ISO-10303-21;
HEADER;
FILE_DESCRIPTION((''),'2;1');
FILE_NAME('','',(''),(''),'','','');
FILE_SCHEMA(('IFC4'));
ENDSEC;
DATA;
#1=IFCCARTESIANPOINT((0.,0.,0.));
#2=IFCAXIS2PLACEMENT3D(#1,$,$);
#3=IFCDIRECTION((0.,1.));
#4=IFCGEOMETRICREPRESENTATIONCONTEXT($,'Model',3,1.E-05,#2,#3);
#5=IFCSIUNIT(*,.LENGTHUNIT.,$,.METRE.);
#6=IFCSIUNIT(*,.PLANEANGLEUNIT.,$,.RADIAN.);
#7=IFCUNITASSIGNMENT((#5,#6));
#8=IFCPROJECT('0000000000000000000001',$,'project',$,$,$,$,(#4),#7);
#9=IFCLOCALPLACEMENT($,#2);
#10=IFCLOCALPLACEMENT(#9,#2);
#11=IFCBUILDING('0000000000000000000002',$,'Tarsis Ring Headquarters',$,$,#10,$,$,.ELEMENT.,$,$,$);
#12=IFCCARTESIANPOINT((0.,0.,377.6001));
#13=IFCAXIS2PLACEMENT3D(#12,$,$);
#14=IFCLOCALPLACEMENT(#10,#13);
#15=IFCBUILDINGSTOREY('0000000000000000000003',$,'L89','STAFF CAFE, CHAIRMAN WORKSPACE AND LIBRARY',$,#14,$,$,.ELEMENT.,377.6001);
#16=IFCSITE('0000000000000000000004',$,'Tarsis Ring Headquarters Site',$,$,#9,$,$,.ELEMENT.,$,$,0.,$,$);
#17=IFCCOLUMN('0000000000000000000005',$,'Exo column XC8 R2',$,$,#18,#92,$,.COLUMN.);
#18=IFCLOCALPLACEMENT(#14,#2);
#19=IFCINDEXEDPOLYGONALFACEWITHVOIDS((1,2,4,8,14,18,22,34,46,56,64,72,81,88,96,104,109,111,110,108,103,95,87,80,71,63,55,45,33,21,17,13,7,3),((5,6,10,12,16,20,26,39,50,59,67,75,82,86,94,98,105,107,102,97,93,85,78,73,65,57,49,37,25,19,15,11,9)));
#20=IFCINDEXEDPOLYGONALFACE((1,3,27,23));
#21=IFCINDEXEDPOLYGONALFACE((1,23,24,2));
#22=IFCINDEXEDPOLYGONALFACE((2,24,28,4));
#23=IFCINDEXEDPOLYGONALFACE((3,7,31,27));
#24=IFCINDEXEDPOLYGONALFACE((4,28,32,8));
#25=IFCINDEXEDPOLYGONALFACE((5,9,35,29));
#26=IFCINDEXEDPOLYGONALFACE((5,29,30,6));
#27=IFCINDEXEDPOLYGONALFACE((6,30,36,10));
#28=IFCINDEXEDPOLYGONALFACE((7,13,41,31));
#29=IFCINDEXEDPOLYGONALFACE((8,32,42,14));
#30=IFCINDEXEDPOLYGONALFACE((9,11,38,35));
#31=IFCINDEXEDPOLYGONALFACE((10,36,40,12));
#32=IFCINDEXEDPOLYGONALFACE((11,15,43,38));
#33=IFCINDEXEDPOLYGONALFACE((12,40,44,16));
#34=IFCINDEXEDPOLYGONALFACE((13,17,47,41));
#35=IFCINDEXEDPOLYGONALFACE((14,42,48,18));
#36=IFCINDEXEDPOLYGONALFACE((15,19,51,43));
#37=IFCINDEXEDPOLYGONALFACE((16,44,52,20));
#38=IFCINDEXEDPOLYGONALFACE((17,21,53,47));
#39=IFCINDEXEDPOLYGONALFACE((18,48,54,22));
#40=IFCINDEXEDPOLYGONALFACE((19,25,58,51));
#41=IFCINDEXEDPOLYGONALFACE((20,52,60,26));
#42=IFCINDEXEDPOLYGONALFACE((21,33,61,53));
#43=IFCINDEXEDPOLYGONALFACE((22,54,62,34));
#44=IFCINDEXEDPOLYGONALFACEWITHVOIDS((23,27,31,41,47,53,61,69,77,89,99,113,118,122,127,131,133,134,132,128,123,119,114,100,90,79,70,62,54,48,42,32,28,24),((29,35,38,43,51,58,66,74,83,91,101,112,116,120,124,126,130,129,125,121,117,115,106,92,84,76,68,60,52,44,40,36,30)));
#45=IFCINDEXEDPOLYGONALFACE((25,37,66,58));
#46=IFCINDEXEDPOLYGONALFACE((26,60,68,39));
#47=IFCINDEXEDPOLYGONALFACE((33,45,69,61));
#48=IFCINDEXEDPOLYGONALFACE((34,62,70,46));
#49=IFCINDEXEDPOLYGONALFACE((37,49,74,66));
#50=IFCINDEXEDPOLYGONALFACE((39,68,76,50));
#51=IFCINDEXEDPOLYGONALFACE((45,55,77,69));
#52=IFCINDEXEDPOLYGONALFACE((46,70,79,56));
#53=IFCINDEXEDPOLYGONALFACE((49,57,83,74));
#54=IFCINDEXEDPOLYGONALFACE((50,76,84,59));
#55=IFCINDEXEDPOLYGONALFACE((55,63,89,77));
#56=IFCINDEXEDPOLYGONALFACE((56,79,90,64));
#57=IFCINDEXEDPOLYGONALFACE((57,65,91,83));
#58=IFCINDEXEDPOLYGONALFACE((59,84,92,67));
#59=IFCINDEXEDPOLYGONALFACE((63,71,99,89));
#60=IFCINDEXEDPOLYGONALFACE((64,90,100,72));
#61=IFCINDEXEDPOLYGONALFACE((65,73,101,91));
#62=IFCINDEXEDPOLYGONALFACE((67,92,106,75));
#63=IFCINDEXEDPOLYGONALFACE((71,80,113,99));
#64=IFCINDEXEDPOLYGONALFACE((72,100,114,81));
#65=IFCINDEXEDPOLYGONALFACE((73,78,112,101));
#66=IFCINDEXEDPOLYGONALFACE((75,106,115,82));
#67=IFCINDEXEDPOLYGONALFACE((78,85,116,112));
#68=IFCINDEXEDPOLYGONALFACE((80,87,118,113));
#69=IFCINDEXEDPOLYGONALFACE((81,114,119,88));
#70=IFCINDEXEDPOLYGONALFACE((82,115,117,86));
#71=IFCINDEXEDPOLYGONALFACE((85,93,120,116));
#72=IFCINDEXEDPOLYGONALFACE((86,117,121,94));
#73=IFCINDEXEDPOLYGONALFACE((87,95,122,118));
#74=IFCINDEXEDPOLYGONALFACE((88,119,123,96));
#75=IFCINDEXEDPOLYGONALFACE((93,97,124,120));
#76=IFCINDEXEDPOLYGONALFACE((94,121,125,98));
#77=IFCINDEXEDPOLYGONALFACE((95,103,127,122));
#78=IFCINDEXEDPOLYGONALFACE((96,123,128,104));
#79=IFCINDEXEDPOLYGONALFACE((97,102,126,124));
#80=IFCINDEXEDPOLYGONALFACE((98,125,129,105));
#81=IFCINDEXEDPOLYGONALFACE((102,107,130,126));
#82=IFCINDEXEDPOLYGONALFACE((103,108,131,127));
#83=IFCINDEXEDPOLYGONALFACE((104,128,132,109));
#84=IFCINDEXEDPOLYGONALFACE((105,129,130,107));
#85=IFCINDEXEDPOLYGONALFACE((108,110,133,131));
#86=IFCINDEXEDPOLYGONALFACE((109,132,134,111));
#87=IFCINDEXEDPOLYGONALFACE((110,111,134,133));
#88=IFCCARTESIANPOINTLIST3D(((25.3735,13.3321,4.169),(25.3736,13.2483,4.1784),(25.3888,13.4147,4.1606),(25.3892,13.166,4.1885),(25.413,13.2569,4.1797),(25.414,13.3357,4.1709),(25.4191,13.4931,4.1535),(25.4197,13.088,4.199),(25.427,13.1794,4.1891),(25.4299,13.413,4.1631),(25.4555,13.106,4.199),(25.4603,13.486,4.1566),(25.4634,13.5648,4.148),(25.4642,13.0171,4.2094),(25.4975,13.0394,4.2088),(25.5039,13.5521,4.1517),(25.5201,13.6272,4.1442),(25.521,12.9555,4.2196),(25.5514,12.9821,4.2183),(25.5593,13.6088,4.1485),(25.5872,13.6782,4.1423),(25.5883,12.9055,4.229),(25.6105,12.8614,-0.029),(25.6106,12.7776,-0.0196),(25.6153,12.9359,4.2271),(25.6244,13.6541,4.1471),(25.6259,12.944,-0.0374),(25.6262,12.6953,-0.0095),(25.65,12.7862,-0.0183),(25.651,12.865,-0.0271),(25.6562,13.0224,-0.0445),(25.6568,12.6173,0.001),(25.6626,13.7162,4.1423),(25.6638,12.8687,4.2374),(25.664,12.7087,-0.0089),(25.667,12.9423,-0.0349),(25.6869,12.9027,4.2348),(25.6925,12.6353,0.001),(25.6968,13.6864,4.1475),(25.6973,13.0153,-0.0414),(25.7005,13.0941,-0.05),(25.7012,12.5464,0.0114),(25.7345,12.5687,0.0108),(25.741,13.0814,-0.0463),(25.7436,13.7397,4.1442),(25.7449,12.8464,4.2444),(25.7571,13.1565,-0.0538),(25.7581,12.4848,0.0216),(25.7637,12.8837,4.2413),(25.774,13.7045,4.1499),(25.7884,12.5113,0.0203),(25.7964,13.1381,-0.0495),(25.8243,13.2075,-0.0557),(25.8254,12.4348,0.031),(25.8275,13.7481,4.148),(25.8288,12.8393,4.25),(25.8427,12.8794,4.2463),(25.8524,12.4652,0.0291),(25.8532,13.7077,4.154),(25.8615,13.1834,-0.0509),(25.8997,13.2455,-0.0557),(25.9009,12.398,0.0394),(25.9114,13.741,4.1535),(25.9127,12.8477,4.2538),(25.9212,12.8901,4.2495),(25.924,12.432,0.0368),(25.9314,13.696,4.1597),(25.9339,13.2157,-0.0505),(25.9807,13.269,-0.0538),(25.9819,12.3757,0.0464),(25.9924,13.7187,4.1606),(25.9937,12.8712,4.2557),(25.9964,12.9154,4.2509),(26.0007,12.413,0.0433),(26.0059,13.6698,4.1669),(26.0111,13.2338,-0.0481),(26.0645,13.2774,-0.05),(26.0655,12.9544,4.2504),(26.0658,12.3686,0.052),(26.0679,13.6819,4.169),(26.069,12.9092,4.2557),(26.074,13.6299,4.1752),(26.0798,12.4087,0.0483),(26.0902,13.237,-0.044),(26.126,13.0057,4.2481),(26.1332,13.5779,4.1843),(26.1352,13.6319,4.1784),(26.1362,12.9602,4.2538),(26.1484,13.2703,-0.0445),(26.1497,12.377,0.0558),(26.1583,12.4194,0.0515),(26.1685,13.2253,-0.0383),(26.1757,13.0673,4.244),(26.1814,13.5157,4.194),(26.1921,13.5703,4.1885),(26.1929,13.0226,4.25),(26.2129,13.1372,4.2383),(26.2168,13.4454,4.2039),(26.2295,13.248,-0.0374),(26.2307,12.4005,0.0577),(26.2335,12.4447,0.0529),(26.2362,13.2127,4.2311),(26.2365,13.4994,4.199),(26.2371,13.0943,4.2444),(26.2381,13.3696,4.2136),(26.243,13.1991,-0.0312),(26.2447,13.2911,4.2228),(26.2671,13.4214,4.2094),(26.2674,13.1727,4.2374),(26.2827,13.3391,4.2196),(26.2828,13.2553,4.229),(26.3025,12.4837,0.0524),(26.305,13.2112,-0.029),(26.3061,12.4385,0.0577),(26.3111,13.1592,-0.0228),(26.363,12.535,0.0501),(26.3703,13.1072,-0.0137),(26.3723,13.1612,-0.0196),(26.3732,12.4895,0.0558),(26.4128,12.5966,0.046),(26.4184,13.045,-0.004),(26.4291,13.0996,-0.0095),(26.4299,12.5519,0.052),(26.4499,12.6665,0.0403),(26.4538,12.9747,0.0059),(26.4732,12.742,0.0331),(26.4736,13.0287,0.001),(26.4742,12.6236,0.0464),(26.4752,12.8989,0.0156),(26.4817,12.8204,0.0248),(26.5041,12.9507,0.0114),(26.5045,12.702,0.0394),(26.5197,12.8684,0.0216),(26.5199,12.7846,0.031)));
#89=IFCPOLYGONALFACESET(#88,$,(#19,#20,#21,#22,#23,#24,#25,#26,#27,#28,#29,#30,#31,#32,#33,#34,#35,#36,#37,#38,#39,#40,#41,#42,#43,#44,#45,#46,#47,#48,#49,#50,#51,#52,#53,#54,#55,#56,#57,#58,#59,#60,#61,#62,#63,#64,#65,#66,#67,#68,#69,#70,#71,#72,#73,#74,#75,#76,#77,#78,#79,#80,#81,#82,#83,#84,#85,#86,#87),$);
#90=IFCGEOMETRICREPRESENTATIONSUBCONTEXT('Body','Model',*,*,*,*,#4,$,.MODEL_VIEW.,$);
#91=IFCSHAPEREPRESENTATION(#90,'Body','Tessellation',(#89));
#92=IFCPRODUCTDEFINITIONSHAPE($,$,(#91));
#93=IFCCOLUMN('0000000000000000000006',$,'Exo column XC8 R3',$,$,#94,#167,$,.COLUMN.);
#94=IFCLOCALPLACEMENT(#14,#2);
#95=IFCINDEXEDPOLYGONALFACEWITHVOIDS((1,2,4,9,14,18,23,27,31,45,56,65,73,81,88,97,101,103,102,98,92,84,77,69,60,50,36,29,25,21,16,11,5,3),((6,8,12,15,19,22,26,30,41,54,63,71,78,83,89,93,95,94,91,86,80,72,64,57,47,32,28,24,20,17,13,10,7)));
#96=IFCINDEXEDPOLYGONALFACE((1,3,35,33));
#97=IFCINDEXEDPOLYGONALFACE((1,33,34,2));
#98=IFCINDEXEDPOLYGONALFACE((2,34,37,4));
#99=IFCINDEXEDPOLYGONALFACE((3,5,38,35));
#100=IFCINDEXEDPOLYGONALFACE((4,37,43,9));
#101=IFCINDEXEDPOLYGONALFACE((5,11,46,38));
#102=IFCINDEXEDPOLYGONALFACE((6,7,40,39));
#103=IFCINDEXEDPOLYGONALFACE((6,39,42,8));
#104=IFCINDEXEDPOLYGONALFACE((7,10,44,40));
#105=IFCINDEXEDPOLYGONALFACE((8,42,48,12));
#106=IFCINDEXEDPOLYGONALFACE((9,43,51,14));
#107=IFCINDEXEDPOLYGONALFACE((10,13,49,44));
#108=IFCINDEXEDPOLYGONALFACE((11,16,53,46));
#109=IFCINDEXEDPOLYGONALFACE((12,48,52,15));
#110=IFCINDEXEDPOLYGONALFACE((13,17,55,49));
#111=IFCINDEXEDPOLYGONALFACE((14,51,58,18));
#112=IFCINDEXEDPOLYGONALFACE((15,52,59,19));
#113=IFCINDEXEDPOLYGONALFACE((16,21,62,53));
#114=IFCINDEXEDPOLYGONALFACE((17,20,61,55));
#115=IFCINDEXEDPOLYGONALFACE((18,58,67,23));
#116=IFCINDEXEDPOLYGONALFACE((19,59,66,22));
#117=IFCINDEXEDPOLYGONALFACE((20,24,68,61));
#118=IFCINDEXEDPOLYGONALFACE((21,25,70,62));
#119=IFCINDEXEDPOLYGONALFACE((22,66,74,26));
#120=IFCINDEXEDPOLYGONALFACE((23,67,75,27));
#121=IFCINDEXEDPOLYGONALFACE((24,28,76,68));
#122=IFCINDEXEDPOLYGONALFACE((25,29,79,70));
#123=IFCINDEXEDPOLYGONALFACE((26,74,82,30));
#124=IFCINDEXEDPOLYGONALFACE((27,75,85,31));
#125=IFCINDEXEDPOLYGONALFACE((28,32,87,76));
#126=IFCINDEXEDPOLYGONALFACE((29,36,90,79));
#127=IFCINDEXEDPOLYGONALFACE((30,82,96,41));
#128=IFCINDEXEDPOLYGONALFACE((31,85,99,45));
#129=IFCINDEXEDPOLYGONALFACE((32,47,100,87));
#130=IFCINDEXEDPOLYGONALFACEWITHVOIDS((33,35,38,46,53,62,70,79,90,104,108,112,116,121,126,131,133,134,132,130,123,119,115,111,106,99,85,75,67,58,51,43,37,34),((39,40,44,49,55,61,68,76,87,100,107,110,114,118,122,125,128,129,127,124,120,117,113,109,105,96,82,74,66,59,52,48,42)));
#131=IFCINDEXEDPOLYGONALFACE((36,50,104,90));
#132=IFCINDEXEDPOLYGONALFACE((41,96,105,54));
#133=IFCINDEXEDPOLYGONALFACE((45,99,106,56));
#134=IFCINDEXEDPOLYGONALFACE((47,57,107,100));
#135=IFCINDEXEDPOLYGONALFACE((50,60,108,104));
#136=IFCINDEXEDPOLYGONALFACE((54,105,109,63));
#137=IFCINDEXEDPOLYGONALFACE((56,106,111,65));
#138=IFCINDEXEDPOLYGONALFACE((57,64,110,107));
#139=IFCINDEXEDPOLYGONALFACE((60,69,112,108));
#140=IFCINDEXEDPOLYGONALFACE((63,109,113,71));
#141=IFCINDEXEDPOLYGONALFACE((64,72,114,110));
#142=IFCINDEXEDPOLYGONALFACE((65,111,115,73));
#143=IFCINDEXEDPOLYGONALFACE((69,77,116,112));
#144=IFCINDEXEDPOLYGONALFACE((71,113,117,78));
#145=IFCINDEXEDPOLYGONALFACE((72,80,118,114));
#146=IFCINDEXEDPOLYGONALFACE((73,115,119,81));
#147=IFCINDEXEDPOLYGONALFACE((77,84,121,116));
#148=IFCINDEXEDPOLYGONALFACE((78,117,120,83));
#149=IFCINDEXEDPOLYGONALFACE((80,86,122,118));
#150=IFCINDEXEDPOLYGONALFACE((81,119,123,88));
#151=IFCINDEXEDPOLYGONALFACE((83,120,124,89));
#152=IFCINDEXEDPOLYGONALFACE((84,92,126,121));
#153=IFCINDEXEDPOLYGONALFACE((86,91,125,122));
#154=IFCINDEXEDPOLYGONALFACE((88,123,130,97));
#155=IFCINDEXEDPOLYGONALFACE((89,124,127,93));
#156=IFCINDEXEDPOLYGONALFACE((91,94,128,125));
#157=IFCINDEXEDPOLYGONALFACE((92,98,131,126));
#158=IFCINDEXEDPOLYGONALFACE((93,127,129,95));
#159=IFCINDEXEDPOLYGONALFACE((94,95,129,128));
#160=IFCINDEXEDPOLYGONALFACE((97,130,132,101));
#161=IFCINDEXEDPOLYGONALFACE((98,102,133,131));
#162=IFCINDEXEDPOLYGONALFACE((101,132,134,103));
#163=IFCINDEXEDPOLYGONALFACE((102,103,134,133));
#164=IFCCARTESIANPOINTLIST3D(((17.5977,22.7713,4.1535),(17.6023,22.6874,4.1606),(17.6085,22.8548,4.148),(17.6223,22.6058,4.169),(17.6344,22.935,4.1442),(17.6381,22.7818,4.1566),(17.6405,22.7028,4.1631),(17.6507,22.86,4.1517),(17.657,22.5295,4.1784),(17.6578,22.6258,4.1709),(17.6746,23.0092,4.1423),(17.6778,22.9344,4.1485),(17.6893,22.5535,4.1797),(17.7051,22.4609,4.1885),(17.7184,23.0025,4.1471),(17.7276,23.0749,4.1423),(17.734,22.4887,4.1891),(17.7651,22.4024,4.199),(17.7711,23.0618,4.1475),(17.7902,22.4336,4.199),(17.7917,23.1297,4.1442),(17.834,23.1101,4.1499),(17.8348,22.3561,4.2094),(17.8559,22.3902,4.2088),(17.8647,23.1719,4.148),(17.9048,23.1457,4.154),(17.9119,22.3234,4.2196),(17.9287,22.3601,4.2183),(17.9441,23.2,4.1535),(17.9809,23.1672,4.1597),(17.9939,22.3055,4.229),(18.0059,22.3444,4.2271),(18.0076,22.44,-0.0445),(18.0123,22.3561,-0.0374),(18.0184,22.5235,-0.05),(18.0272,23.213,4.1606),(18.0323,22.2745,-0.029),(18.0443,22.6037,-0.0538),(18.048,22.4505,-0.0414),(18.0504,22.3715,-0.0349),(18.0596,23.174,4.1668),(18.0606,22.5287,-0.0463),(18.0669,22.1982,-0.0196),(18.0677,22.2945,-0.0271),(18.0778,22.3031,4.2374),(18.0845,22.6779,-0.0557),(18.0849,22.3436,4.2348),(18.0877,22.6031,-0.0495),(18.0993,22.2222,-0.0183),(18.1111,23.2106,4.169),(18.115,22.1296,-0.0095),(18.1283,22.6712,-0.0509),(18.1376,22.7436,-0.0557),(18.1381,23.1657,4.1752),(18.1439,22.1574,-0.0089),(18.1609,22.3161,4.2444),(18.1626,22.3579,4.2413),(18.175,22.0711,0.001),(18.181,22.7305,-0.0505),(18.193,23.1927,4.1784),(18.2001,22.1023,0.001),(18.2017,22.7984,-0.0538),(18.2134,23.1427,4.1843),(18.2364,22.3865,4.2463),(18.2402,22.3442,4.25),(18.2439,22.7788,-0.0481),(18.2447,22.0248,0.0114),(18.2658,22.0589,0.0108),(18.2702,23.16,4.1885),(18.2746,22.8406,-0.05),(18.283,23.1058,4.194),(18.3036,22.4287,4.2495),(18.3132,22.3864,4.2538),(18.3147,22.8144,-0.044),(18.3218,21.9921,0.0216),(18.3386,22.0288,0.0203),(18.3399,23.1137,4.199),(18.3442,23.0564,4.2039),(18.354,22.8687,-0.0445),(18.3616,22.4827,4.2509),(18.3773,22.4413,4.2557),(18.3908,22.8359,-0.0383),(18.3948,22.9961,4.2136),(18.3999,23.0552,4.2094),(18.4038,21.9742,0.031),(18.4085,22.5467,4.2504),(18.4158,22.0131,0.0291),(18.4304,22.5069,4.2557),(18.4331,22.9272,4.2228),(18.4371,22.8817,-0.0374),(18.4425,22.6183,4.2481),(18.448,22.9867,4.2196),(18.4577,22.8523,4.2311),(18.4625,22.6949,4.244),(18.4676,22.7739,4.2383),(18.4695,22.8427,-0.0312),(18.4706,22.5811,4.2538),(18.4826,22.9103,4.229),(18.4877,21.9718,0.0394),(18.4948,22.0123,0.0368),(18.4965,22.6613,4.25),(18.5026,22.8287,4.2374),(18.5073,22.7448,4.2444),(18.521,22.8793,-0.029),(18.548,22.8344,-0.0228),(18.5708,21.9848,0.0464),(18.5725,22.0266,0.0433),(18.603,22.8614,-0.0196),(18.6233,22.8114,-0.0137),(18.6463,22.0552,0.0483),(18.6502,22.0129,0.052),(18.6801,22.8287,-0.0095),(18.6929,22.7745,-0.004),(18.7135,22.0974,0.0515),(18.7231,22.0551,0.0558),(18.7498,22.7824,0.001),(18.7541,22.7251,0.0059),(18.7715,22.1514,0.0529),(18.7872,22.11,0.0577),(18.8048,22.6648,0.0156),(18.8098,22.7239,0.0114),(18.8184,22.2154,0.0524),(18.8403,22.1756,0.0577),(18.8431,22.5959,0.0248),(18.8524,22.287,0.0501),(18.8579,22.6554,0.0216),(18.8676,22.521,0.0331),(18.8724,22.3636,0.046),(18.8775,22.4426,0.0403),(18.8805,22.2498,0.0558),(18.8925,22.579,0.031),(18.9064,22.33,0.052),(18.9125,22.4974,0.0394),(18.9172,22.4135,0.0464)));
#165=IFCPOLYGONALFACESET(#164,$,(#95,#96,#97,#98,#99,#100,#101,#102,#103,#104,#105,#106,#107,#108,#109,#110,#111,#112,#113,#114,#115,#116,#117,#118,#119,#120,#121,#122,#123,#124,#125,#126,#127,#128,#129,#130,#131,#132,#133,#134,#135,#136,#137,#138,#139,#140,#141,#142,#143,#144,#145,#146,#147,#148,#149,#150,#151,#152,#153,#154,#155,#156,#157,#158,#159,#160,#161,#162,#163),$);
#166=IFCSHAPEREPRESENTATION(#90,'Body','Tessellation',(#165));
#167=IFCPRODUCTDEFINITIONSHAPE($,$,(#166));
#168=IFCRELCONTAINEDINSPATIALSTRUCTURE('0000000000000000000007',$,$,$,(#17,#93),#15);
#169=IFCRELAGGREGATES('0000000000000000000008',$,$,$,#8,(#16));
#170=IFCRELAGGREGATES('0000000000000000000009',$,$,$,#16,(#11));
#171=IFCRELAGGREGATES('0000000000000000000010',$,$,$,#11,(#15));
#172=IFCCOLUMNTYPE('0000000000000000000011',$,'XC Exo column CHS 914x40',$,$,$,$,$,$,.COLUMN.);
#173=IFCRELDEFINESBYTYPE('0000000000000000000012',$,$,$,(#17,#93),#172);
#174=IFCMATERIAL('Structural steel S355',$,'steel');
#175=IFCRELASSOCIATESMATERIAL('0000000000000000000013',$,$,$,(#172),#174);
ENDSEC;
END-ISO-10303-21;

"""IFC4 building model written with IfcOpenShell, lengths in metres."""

from ifc_helpers import new_model, si_unit, direction, frame, origin, origin_2d, place, context, subcontext, project, spatial, hollow_circle, extrude, material, material_profile, profile_set, type_object, element, save


model = new_model("IFC4")

# Units and contexts
model_context = context("Model", 3, precision=1e-05, world=origin(), true_north=direction((0.0, 1.0)))
body_context = subcontext(model_context, "Body", "Model", "MODEL_VIEW")
ifc_project = project(units=[si_unit("LENGTHUNIT", "METRE"), si_unit("PLANEANGLEUNIT", "RADIAN")], contexts=[model_context])

# Site, building, storey
site_placement = place(None, origin())
site = spatial("IfcSite", under=ifc_project, at=site_placement, Name="Tarsis Ring Headquarters Site", CompositionType="ELEMENT", RefElevation=0.0)
building_placement = place(site_placement, origin())
building = spatial("IfcBuilding", under=site, at=building_placement, Name="Tarsis Ring Headquarters", CompositionType="ELEMENT")
storey_placement = place(building_placement, frame((0.0, 0.0, 377.6001)))
storey = spatial("IfcBuildingStorey", under=building, at=storey_placement, Name="L89", Description="STAFF CAFE, CHAIRMAN WORKSPACE AND LIBRARY", CompositionType="ELEMENT", Elevation=377.6001)

# Columns
ifc_material_1 = material(Name="Structural steel S355", Category="steel")
ifc_material_profile_1 = material_profile(ifc_material_1, hollow_circle(Radius=0.457, WallThickness=0.04, at=origin_2d()), Name="CHS 914x40")
ifc_profile_set_1 = profile_set([ifc_material_profile_1], Name="Structural steel S355")
column_type = type_object("IfcColumnType", Name="XC Exo column CHS 914x40", PredefinedType="COLUMN", material=ifc_profile_set_1)
for number, where, z_axis, x_axis, name in (
    (1, (26.0652, 12.823, 0.001), (-0.05603, 0.111252, 0.992211), (-0.893126, -0.449806, 0.0), "Exo column XC8 R2"),
    (2, (18.4624, 22.4268, 0.001), (-0.096884, 0.078304, 0.992211), (-0.628585, -0.777741, 0.0), "Exo column XC8 R3"),
):
    element("IfcColumn", number, at=place(storey_placement, frame(where, z_axis=z_axis, x_axis=x_axis)), inside=storey, type_object=column_type, Name=name, PredefinedType="COLUMN", context=body_context, shape_type="SweptSolid", body=[
        extrude(hollow_circle(Radius=0.4573, WallThickness=0.04, at=origin_2d()), origin(), (0.0, 0.0, 1.0), 4.231),
    ])

save(model, "model.ifc")
